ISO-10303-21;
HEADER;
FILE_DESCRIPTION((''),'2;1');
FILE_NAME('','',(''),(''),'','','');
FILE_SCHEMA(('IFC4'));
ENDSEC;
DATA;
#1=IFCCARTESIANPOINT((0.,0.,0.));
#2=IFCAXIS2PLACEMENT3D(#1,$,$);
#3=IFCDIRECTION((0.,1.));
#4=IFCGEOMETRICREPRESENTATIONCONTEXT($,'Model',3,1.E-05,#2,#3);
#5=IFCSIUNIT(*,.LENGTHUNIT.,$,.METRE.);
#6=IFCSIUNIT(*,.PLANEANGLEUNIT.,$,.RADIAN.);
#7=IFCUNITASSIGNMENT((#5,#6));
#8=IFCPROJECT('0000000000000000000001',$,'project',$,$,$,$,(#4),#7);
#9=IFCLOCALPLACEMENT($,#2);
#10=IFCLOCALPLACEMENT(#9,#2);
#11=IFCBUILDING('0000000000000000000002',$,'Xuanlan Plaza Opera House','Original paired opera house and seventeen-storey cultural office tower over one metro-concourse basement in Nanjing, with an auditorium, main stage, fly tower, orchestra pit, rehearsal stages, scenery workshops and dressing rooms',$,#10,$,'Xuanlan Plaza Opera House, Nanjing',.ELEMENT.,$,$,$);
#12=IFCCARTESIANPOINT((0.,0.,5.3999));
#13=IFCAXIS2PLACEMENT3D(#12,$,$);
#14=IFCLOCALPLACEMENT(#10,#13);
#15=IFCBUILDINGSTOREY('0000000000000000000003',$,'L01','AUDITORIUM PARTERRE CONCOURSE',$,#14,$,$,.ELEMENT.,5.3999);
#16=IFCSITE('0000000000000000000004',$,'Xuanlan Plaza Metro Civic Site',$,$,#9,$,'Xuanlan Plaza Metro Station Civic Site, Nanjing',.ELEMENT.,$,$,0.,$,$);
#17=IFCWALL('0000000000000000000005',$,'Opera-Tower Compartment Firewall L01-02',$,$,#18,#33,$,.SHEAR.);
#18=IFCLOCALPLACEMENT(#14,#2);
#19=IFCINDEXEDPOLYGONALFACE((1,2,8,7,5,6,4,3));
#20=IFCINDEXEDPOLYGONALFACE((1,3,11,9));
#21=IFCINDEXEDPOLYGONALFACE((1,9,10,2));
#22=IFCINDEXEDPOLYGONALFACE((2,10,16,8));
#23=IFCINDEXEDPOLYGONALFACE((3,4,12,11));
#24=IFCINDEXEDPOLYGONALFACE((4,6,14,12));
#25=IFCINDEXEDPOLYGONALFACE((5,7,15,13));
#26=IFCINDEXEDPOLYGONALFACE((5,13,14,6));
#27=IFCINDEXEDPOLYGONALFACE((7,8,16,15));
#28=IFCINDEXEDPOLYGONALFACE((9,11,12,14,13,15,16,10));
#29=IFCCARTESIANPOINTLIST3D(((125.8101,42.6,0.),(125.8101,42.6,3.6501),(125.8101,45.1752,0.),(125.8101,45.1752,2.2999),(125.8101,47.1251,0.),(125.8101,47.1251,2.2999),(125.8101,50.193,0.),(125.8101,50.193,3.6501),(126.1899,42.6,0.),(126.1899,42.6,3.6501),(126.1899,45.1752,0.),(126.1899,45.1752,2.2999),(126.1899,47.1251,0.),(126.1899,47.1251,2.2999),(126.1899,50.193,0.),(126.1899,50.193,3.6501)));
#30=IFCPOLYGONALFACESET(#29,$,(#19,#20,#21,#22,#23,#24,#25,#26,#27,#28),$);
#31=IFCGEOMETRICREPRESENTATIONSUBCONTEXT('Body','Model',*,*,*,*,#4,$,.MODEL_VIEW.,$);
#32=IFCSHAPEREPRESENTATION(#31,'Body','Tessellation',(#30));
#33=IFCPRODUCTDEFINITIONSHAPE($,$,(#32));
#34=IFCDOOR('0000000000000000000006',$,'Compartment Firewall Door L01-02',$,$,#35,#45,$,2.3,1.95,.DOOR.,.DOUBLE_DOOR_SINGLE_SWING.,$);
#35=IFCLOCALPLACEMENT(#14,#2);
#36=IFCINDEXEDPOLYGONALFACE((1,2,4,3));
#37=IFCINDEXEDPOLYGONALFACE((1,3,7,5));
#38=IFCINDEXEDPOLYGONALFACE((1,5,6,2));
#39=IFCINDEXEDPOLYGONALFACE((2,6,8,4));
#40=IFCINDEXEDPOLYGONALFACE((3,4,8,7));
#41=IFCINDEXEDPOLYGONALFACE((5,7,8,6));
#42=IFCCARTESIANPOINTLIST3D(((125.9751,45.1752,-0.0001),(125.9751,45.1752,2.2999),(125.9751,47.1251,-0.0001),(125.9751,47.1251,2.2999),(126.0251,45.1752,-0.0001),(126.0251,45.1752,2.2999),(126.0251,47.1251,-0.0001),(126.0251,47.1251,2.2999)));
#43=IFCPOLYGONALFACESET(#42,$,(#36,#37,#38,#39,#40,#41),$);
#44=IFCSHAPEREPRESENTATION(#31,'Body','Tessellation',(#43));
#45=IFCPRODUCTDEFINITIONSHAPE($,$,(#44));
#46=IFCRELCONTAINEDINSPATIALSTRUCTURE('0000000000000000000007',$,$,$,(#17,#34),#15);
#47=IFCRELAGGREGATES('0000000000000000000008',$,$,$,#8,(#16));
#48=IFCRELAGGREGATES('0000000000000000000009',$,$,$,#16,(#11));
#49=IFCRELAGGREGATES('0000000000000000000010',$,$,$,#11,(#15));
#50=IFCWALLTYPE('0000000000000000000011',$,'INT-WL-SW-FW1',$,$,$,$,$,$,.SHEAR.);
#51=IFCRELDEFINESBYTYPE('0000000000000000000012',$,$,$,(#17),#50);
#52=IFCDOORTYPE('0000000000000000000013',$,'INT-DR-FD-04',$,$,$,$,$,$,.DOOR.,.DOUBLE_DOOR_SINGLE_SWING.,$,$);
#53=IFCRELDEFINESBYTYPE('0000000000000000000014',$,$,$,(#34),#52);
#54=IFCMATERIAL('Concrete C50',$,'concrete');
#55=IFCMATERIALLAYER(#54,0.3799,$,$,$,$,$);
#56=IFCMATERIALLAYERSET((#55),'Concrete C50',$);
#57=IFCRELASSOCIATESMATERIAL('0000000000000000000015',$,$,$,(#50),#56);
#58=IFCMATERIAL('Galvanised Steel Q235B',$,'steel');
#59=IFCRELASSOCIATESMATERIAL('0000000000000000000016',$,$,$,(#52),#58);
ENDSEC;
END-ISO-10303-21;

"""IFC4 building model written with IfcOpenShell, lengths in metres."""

from ifc_helpers import new_model, si_unit, direction, frame, frame_2d, origin, place, context, subcontext, project, spatial, rectangle, extrude, material, layer, layer_set, type_object, element, fill, save


model = new_model("IFC4")

# Units and contexts
model_context = context("Model", 3, precision=1e-05, world=origin(), true_north=direction((0.0, 1.0)))
body_context = subcontext(model_context, "Body", "Model", "MODEL_VIEW")
ifc_project = project(units=[si_unit("LENGTHUNIT", "METRE"), si_unit("PLANEANGLEUNIT", "RADIAN")], contexts=[model_context])

# Site, building, storey
site_placement = place(None, origin())
site = spatial("IfcSite", under=ifc_project, at=site_placement, Name="Xuanlan Plaza Metro Civic Site", LongName="Xuanlan Plaza Metro Station Civic Site, Nanjing", CompositionType="ELEMENT", RefElevation=0.0)
building_placement = place(site_placement, origin())
building = spatial("IfcBuilding", under=site, at=building_placement, Name="Xuanlan Plaza Opera House", Description="Original paired opera house and seventeen-storey cultural office tower over one metro-concourse basement in Nanjing, with an auditorium, main stage, fly tower, orchestra pit, rehearsal stages, scenery workshops and dressing rooms", LongName="Xuanlan Plaza Opera House, Nanjing", CompositionType="ELEMENT")
storey_placement = place(building_placement, frame((0.0, 0.0, 5.3999)))
storey = spatial("IfcBuildingStorey", under=building, at=storey_placement, Name="L01", Description="AUDITORIUM PARTERRE CONCOURSE", CompositionType="ELEMENT", Elevation=5.3999)

# Shared definitions
ifc_material_1 = material(Name="Concrete C50", Category="concrete")
ifc_layer_1 = layer(ifc_material_1, 0.3799)
ifc_layer_set_1 = layer_set([ifc_layer_1], Name="Concrete C50")
wall_type_1 = type_object("IfcWallType", Name="INT-WL-SW-FW1", PredefinedType="SHEAR", material=ifc_layer_set_1)

# Wall, opening, door
wall_1_placement = place(storey_placement, frame((126.0, 42.6001, 0.0), z_axis=(0.0, 0.0, 1.0), x_axis=(0.0, 1.0, 0.0)))
wall_1 = element("IfcWall", 1, at=wall_1_placement, inside=storey, type_object=wall_type_1, Name="Opera-Tower Compartment Firewall L01-02", PredefinedType="SHEAR", context=body_context, shape_type="SweptSolid", body=[
    extrude(rectangle(XDim=7.593, YDim=0.3799, at=frame_2d((3.7964, 0.0))), origin(), (0.0, 0.0, 1.0), 3.6501),
])
opening_1_placement = place(wall_1_placement, frame((2.575, 0.0, 0.0)))
opening_1 = element("IfcOpeningElement", 2, at=opening_1_placement, cuts=wall_1, PredefinedType="OPENING", context=body_context, shape_type="SweptSolid", body=[
    extrude(rectangle(XDim=1.95, YDim=2.3, at=frame_2d((0.9751, 1.1499))), frame((0.0, 0.2, 0.0), z_axis=(0.0, -1.0, 0.0), x_axis=(1.0, 0.0, 0.0)), (0.0, 0.0, 1.0), 0.3999),
])
ifc_material_2 = material(Name="Galvanised Steel Q235B", Category="steel")
door_type_1 = type_object("IfcDoorType", Name="INT-DR-FD-04", OperationType="DOUBLE_DOOR_SINGLE_SWING", PredefinedType="DOOR", material=ifc_material_2)
door_1_placement = place(opening_1_placement, origin())
door_1 = element("IfcDoor", 3, at=door_1_placement, inside=storey, type_object=door_type_1, Name="Compartment Firewall Door L01-02", OperationType="DOUBLE_DOOR_SINGLE_SWING", OverallHeight=2.3, OverallWidth=1.95, PredefinedType="DOOR", context=body_context, shape_type="SweptSolid", body=[
    extrude(rectangle(XDim=1.95, YDim=2.3, at=frame_2d((0.9751, 1.1499))), frame((0.0, 0.0249, 0.0), z_axis=(0.0, -1.0, 0.0), x_axis=(1.0, 0.0, 0.0)), (0.0, 0.0, 1.0), 0.05),
])
fill(opening_1, door_1)

save(model, "model.ifc")
